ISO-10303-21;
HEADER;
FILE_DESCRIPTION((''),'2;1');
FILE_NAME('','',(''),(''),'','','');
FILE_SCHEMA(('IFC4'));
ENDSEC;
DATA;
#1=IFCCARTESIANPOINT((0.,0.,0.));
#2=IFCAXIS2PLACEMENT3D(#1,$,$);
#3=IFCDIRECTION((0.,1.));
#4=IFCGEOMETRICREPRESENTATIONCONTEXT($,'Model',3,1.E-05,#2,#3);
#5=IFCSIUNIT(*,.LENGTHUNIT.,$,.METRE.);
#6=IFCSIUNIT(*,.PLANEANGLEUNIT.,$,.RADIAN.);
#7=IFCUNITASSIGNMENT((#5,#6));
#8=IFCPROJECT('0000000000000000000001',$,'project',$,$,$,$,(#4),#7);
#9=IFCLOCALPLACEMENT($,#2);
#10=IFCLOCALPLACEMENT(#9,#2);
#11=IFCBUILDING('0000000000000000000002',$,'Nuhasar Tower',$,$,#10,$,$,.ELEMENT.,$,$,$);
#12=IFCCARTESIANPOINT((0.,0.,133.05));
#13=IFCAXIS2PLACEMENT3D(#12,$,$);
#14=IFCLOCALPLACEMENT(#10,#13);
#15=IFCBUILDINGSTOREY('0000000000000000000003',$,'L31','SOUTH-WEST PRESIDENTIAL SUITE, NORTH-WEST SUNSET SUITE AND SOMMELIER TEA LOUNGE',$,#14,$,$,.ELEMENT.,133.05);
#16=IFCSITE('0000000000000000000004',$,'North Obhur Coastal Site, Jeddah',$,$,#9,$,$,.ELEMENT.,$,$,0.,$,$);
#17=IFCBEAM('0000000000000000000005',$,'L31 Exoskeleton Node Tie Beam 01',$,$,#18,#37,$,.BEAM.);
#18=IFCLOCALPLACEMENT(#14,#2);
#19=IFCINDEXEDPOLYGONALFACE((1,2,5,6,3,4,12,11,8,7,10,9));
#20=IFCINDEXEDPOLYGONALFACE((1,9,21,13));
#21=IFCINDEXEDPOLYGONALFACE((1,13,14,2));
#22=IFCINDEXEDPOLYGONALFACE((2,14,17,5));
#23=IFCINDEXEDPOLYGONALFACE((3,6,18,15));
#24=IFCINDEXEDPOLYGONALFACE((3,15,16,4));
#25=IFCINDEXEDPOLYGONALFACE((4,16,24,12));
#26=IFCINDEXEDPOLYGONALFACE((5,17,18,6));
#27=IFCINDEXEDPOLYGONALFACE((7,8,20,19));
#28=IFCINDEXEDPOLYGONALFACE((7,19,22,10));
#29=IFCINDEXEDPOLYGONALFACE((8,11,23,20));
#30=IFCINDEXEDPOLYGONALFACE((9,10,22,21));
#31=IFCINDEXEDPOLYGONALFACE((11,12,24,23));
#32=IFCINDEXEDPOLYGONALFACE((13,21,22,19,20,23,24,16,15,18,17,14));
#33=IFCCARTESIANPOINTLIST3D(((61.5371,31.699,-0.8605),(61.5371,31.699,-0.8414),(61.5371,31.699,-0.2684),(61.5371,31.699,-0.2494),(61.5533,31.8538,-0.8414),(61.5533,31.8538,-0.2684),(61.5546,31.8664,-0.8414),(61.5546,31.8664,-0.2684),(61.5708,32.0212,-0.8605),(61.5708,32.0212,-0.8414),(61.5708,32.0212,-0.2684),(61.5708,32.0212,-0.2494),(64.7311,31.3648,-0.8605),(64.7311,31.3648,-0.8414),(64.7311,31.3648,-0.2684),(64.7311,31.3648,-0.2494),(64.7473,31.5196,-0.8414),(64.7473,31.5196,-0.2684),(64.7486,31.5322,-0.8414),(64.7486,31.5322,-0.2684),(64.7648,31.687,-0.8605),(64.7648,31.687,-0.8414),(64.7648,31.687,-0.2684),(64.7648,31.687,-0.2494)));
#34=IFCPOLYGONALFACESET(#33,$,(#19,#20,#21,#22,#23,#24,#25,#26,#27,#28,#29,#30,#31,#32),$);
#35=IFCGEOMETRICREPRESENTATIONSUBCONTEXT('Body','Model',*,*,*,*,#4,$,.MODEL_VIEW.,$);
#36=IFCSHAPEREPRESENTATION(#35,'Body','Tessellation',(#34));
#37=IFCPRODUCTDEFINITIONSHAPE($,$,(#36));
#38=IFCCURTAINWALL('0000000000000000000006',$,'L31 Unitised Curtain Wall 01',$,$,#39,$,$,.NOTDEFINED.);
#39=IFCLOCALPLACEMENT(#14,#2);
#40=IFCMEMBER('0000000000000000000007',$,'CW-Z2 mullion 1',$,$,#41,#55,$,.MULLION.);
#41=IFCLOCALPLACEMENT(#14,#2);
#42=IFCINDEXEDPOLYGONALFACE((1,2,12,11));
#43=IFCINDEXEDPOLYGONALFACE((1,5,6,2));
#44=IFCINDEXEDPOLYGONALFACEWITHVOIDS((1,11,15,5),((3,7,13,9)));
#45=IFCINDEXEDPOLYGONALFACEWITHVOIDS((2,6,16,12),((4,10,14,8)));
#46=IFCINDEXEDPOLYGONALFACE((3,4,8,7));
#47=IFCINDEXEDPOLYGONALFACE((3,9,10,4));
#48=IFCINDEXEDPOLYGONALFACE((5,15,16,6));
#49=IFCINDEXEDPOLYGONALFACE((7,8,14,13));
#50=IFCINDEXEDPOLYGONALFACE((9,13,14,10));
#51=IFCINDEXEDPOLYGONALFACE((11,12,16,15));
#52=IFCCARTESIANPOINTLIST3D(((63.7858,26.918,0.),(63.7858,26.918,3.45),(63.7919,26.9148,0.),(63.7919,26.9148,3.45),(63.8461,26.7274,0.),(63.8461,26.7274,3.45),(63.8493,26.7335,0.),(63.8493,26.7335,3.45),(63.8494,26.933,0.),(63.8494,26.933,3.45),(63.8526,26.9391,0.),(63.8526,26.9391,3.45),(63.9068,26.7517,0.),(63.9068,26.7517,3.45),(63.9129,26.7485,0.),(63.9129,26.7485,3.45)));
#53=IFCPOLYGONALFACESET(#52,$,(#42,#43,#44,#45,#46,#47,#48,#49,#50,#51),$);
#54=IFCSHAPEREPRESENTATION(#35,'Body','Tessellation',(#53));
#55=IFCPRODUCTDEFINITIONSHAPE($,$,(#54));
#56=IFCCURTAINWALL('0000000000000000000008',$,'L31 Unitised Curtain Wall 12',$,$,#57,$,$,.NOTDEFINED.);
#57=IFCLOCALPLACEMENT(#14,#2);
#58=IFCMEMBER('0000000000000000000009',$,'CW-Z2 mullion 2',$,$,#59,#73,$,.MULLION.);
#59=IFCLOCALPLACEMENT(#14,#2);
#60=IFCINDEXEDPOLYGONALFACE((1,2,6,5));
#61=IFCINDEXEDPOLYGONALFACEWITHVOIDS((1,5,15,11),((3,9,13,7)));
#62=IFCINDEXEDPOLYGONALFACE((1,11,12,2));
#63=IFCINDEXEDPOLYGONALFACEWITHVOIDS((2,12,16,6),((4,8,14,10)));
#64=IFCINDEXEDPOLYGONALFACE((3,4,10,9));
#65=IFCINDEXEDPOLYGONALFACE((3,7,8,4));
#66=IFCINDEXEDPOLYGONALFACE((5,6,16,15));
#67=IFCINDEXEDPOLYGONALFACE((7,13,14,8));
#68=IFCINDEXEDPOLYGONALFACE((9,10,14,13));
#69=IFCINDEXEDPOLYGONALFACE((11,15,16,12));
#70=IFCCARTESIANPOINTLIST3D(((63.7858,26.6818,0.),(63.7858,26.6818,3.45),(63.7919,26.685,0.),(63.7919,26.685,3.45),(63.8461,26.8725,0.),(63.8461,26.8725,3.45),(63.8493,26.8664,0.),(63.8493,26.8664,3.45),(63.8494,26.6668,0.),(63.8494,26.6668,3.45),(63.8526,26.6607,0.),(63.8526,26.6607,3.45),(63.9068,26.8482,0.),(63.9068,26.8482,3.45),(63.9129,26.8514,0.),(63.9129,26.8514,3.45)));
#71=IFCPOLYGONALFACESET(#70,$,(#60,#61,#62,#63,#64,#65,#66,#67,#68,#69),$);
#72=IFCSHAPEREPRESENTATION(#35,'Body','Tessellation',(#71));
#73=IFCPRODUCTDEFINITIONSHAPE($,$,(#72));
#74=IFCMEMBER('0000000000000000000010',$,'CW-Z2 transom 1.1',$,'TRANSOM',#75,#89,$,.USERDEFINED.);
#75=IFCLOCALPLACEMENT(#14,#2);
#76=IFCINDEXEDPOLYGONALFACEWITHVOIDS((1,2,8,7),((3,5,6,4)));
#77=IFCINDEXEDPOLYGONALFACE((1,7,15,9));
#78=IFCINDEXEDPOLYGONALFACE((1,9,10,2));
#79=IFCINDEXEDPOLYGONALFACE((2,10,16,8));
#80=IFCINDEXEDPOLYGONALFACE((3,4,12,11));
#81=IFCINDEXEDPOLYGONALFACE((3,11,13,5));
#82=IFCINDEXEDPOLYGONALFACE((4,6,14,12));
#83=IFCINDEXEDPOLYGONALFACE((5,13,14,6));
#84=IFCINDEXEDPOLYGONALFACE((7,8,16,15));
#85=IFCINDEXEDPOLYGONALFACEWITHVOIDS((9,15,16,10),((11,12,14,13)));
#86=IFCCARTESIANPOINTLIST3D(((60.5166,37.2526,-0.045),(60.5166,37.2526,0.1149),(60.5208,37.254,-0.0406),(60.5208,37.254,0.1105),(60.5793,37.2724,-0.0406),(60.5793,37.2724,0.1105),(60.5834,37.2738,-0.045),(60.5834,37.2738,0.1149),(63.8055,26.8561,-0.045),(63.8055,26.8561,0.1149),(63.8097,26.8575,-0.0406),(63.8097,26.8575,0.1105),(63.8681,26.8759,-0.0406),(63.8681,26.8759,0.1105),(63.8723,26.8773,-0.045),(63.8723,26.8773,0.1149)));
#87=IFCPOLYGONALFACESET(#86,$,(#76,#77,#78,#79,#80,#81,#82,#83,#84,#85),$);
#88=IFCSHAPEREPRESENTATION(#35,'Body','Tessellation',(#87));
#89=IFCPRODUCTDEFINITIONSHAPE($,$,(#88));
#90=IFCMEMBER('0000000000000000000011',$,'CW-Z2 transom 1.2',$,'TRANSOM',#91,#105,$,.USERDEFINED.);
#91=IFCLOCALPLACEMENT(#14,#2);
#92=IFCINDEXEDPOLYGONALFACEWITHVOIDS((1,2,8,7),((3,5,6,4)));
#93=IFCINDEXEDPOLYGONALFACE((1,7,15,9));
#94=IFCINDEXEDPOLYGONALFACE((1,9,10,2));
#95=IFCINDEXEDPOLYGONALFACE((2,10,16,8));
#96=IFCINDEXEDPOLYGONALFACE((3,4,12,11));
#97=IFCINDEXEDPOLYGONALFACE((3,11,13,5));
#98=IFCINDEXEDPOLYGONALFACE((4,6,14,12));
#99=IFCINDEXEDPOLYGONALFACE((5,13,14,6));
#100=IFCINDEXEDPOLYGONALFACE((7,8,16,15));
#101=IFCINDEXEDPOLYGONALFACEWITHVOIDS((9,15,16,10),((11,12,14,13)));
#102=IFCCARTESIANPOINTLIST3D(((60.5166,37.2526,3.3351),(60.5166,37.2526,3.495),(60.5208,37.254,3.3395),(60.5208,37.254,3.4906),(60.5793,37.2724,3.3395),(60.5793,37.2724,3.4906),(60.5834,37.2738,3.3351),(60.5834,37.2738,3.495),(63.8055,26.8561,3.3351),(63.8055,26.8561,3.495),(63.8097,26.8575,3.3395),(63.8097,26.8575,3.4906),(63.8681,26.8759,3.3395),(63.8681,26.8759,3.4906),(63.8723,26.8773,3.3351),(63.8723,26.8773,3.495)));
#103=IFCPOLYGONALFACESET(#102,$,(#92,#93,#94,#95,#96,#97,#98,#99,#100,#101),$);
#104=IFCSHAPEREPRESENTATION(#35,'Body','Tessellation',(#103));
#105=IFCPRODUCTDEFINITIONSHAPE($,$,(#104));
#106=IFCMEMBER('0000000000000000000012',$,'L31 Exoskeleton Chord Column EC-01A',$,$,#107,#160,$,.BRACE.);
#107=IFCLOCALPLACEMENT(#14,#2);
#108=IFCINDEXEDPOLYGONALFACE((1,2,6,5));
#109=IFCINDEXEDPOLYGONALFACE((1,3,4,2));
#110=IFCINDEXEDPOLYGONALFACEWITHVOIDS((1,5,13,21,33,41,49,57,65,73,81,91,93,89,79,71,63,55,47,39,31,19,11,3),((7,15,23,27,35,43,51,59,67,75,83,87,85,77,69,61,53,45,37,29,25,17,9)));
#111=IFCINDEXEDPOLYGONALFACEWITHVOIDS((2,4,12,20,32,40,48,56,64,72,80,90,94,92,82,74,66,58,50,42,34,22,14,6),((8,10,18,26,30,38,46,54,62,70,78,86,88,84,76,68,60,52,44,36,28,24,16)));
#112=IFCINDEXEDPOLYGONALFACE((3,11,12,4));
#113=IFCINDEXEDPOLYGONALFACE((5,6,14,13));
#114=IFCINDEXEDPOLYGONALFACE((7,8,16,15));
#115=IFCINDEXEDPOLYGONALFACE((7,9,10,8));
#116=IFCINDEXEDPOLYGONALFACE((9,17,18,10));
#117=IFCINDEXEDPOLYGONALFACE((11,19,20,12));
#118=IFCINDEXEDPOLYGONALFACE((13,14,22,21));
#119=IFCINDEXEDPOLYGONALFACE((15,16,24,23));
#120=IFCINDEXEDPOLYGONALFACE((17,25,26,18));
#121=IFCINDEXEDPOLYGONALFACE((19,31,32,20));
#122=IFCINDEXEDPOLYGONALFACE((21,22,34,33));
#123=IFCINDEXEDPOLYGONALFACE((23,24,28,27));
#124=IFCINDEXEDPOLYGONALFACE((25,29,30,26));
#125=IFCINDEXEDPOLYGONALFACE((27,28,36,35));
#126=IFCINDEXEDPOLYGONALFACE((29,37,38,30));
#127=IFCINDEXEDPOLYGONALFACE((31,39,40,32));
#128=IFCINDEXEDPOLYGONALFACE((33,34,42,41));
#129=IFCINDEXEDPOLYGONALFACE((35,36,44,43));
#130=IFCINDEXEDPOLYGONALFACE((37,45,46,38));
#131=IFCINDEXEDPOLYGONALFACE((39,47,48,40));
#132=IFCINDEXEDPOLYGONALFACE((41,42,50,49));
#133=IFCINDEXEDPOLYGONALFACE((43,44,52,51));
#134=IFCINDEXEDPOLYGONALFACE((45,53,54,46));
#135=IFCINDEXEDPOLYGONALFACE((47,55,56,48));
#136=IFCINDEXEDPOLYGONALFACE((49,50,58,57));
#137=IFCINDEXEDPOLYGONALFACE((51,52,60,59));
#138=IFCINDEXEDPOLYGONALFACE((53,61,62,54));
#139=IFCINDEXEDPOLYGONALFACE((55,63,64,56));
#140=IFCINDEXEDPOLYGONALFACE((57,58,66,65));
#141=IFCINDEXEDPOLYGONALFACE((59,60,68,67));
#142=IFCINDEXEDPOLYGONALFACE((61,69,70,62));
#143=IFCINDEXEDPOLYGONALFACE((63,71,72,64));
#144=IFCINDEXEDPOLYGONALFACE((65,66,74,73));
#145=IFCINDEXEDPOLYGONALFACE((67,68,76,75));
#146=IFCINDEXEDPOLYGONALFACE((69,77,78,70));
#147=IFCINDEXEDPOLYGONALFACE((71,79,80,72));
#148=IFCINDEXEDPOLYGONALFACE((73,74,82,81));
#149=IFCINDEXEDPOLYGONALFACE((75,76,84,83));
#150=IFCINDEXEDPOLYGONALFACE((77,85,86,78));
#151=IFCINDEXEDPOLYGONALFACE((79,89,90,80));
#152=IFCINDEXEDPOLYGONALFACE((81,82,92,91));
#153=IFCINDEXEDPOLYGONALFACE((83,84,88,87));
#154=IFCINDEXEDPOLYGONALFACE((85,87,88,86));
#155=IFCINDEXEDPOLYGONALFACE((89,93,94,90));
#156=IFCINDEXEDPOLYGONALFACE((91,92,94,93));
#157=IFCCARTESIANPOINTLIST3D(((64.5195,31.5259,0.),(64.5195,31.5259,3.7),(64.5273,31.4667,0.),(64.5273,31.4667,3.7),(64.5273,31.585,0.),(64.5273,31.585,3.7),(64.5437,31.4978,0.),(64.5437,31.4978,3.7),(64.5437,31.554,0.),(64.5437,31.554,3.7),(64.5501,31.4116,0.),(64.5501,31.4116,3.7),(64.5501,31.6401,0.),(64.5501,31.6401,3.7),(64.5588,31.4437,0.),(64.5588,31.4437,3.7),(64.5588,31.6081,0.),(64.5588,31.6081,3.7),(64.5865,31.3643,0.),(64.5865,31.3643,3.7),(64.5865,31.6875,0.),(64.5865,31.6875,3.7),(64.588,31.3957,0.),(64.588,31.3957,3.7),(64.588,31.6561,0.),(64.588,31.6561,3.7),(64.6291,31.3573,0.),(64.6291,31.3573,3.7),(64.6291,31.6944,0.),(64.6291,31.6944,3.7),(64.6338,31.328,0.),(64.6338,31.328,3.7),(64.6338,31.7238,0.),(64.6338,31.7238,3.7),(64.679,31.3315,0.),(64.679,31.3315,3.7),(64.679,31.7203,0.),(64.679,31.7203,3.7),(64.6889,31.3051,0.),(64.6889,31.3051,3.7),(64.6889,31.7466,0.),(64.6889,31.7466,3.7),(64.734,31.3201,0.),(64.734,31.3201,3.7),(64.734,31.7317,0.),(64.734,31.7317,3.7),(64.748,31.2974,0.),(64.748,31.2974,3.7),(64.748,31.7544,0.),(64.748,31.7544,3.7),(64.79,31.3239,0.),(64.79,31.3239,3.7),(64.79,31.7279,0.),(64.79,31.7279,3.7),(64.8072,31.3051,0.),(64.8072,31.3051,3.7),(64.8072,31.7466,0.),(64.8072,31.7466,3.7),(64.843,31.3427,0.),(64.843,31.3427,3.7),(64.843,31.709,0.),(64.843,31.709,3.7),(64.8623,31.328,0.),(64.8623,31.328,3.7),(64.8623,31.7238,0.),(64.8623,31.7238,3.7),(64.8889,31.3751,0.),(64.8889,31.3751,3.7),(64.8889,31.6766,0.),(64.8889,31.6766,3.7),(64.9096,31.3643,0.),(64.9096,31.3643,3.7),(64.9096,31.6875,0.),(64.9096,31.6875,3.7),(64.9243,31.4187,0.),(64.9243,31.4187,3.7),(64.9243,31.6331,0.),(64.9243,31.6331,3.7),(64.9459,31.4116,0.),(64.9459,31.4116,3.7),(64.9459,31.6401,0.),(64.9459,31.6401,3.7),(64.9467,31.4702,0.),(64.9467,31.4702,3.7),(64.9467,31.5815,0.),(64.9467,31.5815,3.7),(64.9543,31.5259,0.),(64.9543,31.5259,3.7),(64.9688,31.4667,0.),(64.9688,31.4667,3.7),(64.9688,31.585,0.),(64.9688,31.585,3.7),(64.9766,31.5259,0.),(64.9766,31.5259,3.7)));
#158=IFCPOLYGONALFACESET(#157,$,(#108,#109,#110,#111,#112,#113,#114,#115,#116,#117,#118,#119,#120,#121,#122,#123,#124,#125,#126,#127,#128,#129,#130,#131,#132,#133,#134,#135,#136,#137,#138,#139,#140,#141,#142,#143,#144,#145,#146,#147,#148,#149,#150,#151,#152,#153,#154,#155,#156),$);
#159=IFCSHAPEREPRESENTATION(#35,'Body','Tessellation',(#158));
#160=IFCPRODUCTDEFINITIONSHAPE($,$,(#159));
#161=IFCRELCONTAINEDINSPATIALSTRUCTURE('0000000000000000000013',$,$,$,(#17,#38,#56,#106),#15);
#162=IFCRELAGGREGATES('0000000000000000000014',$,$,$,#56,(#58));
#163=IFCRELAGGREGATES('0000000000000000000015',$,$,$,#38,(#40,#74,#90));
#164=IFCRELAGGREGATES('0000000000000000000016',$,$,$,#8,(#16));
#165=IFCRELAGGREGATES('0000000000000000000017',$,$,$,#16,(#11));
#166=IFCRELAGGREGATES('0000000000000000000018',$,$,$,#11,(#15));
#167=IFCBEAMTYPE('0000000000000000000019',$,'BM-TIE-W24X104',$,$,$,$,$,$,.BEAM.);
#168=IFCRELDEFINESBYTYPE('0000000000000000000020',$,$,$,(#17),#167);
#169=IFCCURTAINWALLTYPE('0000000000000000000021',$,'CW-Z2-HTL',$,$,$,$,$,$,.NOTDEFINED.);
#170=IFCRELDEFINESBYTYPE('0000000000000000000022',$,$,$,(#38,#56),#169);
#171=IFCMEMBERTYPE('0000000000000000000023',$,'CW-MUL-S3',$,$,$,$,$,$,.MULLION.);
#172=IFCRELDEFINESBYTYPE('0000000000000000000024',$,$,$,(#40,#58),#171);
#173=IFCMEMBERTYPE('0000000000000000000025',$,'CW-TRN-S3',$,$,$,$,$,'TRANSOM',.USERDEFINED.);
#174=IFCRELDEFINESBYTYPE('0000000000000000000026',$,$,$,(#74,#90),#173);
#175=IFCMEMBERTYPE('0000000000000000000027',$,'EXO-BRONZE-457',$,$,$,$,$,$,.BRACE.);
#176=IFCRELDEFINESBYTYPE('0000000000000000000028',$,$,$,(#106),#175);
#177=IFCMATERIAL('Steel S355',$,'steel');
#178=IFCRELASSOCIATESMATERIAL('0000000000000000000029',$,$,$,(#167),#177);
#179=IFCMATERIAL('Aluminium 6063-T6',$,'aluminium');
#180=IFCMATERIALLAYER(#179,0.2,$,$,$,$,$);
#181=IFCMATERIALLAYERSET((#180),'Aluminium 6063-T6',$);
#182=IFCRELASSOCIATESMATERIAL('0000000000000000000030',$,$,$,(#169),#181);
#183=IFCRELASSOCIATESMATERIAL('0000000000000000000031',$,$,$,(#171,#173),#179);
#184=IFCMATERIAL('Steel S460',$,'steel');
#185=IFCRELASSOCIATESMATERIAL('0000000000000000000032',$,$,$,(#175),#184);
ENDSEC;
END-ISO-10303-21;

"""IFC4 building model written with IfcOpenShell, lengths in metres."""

from ifc_helpers import new_model, si_unit, direction, frame, origin, origin_2d, place, context, subcontext, project, spatial, hollow_rectangle, hollow_circle, i_section, extrude, material, layer, layer_set, material_profile, profile_set, type_object, element, aggregate, save


model = new_model("IFC4")

# Units and contexts
model_context = context("Model", 3, precision=1e-05, world=origin(), true_north=direction((0.0, 1.0)))
body_context = subcontext(model_context, "Body", "Model", "MODEL_VIEW")
ifc_project = project(units=[si_unit("LENGTHUNIT", "METRE"), si_unit("PLANEANGLEUNIT", "RADIAN")], contexts=[model_context])

# Site, building, storey
site_placement = place(None, origin())
site = spatial("IfcSite", under=ifc_project, at=site_placement, Name="North Obhur Coastal Site, Jeddah", CompositionType="ELEMENT", RefElevation=0.0)
building_placement = place(site_placement, origin())
building = spatial("IfcBuilding", under=site, at=building_placement, Name="Nuhasar Tower", CompositionType="ELEMENT")
storey_placement = place(building_placement, frame((0.0, 0.0, 133.05)))
storey = spatial("IfcBuildingStorey", under=building, at=storey_placement, Name="L31", Description="SOUTH-WEST PRESIDENTIAL SUITE, NORTH-WEST SUNSET SUITE AND SOMMELIER TEA LOUNGE", CompositionType="ELEMENT", Elevation=133.05)

# Beam
ifc_material_1 = material(Name="Steel S355", Category="steel")
ifc_material_profile_1 = material_profile(ifc_material_1, i_section(OverallWidth=0.324, OverallDepth=0.6111, WebThickness=0.0127, FlangeThickness=0.019, at=origin_2d()), Name="W24X104")
ifc_profile_set_1 = profile_set([ifc_material_profile_1], Name="Steel S355")
beam_type_1 = type_object("IfcBeamType", Name="BM-TIE-W24X104", PredefinedType="BEAM", material=ifc_profile_set_1)
beam_1_placement = place(storey_placement, frame((61.554, 31.8601, -0.5549), z_axis=(0.99457, -0.104071, 0.0), x_axis=(0.104071, 0.99457, 0.0)))
element("IfcBeam", 1, at=beam_1_placement, inside=storey, type_object=beam_type_1, Name="L31 Exoskeleton Node Tie Beam 01", PredefinedType="BEAM", context=body_context, shape_type="SweptSolid", body=[
    extrude(i_section(OverallWidth=0.324, OverallDepth=0.6111, WebThickness=0.0127, FlangeThickness=0.019, at=origin_2d()), origin(), (0.0, 0.0, 1.0), 3.2114),
])

# Curtain walls, members
ifc_material_2 = material(Name="Aluminium 6063-T6", Category="aluminium")
ifc_layer_1 = layer(ifc_material_2, 0.2)
ifc_layer_set_1 = layer_set([ifc_layer_1], Name="Aluminium 6063-T6")
curtain_wall_type = type_object("IfcCurtainWallType", Name="CW-Z2-HTL", PredefinedType="NOTDEFINED", material=ifc_layer_set_1)
curtain_wall_1_placement = place(storey_placement, origin())
curtain_wall_1 = element("IfcCurtainWall", 2, at=curtain_wall_1_placement, inside=storey, type_object=curtain_wall_type, Name="L31 Unitised Curtain Wall 01", PredefinedType="NOTDEFINED")
ifc_material_profile_2 = material_profile(ifc_material_2, hollow_rectangle(XDim=0.0701, YDim=0.2, WallThickness=0.0049, at=origin_2d()), Name="CWM-3")
ifc_profile_set_2 = profile_set([ifc_material_profile_2], Name="Aluminium 6063-T6")
member_type_1 = type_object("IfcMemberType", Name="CW-MUL-S3", PredefinedType="MULLION", material=ifc_profile_set_2)
member_1_placement = place(storey_placement, frame((63.8494, 26.8333, 0.0), z_axis=(0.0, 0.0, 1.0), x_axis=(-0.953433, -0.301604, 0.0)))
member_1 = element("IfcMember", 3, at=member_1_placement, type_object=member_type_1, Name="CW-Z2 mullion 1", PredefinedType="MULLION", context=body_context, shape_type="SweptSolid", body=[
    extrude(hollow_rectangle(XDim=0.0701, YDim=0.2, WallThickness=0.0049, at=origin_2d()), origin(), (0.0, 0.0, 1.0), 3.45),
])
curtain_wall_2_placement = place(storey_placement, origin())
curtain_wall_2 = element("IfcCurtainWall", 4, at=curtain_wall_2_placement, inside=storey, type_object=curtain_wall_type, Name="L31 Unitised Curtain Wall 12", PredefinedType="NOTDEFINED")
member_2_placement = place(storey_placement, frame((63.8494, 26.7666, 0.0), z_axis=(0.0, 0.0, 1.0), x_axis=(-0.953433, 0.301604, 0.0)))
member_2 = element("IfcMember", 5, at=member_2_placement, type_object=member_type_1, Name="CW-Z2 mullion 2", PredefinedType="MULLION", context=body_context, shape_type="SweptSolid", body=[
    extrude(hollow_rectangle(XDim=0.0701, YDim=0.2, WallThickness=0.0049, at=origin_2d()), origin(), (0.0, 0.0, 1.0), 3.45),
])
aggregate(curtain_wall_2, [member_2])

# Members
ifc_material_profile_3 = material_profile(ifc_material_2, hollow_rectangle(XDim=0.0701, YDim=0.1599, WallThickness=0.0044, at=origin_2d()), Name="CWT-3")
ifc_profile_set_3 = profile_set([ifc_material_profile_3], Name="Aluminium 6063-T6")
member_type_2 = type_object("IfcMemberType", Name="CW-TRN-S3", ElementType="TRANSOM", PredefinedType="USERDEFINED", material=ifc_profile_set_3)
member_3_placement = place(storey_placement, frame((63.8389, 26.8667, 0.0349), z_axis=(-0.301608, 0.953432, 0.0), x_axis=(-0.953432, -0.301608, 0.0)))
member_3 = element("IfcMember", 6, at=member_3_placement, type_object=member_type_2, Name="CW-Z2 transom 1.1", ObjectType="TRANSOM", PredefinedType="USERDEFINED", context=body_context, shape_type="SweptSolid", body=[
    extrude(hollow_rectangle(XDim=0.0701, YDim=0.1599, WallThickness=0.0044, at=origin_2d()), origin(), (0.0, 0.0, 1.0), 10.9043),
])
member_4_placement = place(storey_placement, frame((63.8389, 26.8667, 3.415), z_axis=(-0.301608, 0.953432, 0.0), x_axis=(-0.953432, -0.301608, 0.0)))
member_4 = element("IfcMember", 7, at=member_4_placement, type_object=member_type_2, Name="CW-Z2 transom 1.2", ObjectType="TRANSOM", PredefinedType="USERDEFINED", context=body_context, shape_type="SweptSolid", body=[
    extrude(hollow_rectangle(XDim=0.0701, YDim=0.1599, WallThickness=0.0044, at=origin_2d()), origin(), (0.0, 0.0, 1.0), 10.9043),
])

# Member
ifc_material_3 = material(Name="Steel S460", Category="steel")
ifc_material_profile_4 = material_profile(ifc_material_3, hollow_circle(Radius=0.2285, WallThickness=0.0222, at=origin_2d()), Name="HSS457X22.2")
ifc_profile_set_4 = profile_set([ifc_material_profile_4], Name="Steel S460")
member_type_3 = type_object("IfcMemberType", Name="EXO-BRONZE-457", PredefinedType="BRACE", material=ifc_profile_set_4)
for number, where, z_axis, x_axis, name in (
    (8, (64.748, 31.5259, 0.0), (0.0, 0.0, 1.0), (1.0, 0.0, 0.0), "L31 Exoskeleton Chord Column EC-01A"),
):
    element("IfcMember", number, at=place(storey_placement, frame(where, z_axis=z_axis, x_axis=x_axis)), inside=storey, type_object=member_type_3, Name=name, PredefinedType="BRACE", context=body_context, shape_type="SweptSolid", body=[
        extrude(hollow_circle(Radius=0.2285, WallThickness=0.0222, at=origin_2d()), origin(), (0.0, 0.0, 1.0), 3.7),
    ])

aggregate(curtain_wall_1, [member_1, member_3, member_4])

save(model, "model.ifc")
